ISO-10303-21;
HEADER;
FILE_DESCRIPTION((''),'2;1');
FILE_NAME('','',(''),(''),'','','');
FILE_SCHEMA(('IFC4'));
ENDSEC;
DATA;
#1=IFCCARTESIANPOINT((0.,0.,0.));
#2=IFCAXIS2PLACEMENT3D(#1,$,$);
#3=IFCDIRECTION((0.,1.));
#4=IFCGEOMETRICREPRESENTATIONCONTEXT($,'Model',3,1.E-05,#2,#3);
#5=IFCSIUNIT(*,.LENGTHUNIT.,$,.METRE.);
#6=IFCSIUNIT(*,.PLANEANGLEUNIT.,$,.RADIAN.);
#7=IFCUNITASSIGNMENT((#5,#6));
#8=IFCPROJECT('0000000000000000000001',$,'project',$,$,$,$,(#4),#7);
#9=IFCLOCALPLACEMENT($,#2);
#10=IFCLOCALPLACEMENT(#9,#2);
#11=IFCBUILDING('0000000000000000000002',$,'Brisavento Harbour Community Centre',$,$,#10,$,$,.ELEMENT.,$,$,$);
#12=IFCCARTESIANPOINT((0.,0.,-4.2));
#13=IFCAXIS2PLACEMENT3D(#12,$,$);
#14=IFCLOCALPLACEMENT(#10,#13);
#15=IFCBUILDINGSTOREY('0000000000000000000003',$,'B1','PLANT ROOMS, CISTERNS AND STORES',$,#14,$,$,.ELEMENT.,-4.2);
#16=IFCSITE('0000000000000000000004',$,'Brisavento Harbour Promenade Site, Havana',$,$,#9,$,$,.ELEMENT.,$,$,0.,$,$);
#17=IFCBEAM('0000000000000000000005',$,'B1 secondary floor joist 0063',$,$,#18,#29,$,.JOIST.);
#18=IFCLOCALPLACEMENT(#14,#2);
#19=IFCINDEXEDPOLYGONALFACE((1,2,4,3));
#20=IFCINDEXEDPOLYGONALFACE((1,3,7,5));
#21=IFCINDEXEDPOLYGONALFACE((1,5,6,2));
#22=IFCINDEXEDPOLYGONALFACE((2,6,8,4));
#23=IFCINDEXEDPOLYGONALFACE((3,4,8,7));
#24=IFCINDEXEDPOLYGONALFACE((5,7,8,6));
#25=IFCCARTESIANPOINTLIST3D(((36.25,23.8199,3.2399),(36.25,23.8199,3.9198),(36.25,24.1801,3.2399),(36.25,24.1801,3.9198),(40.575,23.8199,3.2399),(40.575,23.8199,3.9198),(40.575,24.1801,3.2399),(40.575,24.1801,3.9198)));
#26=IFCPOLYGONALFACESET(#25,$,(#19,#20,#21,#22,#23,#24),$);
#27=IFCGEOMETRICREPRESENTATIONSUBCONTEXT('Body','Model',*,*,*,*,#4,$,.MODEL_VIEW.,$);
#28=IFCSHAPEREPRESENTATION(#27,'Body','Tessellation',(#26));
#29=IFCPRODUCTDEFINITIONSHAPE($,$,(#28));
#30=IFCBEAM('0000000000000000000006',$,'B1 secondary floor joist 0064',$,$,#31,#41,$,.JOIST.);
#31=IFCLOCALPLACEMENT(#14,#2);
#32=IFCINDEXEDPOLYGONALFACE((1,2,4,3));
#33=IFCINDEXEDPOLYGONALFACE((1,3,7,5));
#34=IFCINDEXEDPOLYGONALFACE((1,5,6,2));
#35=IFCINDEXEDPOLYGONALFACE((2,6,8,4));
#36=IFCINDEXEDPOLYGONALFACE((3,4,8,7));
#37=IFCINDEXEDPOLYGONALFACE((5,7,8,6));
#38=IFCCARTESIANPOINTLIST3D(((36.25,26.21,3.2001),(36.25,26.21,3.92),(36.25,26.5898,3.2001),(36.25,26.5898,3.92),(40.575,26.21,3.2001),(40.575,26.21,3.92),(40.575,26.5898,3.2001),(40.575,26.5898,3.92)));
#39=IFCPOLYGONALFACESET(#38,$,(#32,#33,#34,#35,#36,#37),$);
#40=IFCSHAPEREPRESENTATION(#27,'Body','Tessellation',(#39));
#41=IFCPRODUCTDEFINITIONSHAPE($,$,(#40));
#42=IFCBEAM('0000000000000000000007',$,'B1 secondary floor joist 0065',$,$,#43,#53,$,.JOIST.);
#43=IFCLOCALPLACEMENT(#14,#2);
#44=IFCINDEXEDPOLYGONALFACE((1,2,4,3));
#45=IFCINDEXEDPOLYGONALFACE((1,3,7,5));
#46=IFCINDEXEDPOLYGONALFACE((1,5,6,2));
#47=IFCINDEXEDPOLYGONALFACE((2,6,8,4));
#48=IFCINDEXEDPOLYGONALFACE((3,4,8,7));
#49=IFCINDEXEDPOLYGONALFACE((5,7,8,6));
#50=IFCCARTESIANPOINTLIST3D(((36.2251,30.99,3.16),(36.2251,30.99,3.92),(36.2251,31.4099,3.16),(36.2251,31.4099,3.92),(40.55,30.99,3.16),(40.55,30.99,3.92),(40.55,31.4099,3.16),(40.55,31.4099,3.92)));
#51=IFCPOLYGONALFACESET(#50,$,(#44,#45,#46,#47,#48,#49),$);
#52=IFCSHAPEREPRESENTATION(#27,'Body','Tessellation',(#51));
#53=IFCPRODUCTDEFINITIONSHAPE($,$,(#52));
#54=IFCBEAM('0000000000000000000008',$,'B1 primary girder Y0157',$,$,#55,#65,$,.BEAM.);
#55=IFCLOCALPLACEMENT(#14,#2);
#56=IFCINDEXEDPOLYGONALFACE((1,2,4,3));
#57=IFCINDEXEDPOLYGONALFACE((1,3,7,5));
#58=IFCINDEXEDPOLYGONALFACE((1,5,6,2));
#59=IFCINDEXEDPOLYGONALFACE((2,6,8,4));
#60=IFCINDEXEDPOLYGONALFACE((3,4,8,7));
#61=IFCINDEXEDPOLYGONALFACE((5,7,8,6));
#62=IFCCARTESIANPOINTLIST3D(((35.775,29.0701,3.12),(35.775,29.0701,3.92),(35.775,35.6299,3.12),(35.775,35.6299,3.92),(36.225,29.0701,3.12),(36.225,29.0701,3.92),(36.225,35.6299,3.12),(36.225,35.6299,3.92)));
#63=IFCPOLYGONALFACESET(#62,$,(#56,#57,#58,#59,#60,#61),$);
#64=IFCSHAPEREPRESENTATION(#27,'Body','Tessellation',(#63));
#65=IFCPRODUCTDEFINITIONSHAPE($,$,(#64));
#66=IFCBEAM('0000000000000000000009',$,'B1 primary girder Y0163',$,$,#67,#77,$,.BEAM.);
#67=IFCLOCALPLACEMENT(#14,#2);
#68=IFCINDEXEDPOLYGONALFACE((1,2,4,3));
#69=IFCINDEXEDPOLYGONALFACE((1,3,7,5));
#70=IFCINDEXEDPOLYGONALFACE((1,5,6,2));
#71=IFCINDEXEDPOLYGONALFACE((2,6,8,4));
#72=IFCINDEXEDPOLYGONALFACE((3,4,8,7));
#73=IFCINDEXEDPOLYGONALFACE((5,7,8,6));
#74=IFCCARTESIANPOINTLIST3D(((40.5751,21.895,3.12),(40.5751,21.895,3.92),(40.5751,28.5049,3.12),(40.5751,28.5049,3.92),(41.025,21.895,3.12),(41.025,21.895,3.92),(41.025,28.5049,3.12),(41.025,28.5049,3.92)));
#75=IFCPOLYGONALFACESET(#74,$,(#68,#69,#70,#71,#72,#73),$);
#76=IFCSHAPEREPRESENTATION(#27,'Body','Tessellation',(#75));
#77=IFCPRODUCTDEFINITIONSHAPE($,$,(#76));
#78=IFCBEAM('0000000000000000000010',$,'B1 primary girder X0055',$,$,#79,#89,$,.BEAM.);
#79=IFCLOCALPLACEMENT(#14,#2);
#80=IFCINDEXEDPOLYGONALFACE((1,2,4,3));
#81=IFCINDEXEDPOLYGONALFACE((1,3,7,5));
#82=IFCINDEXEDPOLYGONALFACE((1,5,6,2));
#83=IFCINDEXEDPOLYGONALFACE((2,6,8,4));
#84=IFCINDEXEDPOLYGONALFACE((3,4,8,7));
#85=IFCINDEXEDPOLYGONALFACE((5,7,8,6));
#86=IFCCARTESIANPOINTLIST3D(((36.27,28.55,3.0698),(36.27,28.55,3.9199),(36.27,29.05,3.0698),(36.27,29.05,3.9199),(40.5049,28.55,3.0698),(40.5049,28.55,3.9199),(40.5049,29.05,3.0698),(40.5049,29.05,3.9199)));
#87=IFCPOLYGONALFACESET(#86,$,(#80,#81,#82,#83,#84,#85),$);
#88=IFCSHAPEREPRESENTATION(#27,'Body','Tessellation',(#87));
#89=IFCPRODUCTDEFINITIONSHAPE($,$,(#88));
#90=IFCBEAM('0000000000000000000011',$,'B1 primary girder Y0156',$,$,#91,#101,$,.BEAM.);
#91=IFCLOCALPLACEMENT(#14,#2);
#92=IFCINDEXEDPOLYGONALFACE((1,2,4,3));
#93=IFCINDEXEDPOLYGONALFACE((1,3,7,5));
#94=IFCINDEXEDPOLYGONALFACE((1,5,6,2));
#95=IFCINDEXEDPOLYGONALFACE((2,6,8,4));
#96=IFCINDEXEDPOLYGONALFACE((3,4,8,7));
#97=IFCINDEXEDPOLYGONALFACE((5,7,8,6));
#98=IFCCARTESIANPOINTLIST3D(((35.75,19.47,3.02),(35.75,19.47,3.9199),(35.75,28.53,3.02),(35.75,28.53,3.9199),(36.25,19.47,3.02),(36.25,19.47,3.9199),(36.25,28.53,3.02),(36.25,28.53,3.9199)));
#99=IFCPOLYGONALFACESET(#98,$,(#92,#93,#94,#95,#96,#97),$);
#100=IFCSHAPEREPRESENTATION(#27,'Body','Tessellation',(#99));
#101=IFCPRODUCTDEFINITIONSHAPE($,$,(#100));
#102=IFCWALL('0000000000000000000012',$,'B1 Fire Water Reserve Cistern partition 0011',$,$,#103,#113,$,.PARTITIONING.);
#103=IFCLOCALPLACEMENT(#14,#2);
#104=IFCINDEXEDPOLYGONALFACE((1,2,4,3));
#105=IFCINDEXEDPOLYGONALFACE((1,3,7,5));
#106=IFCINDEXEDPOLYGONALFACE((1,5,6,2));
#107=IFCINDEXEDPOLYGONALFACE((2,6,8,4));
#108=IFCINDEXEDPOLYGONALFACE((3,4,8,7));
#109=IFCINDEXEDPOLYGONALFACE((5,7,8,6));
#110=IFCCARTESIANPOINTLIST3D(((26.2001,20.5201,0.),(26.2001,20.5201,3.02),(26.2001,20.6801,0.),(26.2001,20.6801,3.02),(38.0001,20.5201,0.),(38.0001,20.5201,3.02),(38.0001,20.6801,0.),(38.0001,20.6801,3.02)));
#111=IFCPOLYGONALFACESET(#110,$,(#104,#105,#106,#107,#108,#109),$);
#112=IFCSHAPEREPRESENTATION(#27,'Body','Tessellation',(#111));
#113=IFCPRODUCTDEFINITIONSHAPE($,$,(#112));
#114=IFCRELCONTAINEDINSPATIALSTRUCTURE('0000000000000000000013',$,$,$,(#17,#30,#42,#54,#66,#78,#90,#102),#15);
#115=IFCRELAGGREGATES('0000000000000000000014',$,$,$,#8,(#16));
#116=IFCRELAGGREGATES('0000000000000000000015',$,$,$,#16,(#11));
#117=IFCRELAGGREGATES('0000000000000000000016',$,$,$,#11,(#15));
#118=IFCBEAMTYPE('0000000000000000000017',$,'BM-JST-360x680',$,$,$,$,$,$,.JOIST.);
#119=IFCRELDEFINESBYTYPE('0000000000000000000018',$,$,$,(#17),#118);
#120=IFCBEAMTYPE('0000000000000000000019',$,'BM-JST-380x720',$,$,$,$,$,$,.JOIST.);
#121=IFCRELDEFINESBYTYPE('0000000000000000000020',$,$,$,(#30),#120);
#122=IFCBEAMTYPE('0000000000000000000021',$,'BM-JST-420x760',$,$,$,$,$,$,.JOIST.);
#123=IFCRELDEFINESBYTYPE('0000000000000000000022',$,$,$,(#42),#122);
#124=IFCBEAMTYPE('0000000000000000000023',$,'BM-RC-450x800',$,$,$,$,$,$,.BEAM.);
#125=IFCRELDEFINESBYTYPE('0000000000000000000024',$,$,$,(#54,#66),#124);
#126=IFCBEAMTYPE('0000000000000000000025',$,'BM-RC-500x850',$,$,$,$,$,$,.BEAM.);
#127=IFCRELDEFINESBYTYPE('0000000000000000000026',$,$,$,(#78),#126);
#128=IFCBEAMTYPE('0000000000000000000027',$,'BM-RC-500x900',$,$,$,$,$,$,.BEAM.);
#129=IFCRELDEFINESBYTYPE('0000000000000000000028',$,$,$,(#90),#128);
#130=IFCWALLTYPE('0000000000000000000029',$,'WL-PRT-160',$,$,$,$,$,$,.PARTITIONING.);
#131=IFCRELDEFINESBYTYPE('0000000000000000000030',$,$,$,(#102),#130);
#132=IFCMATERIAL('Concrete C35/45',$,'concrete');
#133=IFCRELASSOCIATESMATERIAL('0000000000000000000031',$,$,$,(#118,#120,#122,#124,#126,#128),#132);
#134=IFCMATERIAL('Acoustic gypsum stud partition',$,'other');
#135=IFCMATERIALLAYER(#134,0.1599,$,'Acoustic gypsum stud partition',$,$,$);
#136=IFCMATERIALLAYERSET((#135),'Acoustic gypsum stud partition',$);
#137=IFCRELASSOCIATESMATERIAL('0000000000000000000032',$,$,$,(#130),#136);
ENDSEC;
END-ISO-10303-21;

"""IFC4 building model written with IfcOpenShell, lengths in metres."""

from ifc_helpers import new_model, si_unit, direction, frame, frame_2d, origin, origin_2d, place, context, subcontext, project, spatial, rectangle, extrude, material, layer, layer_set, material_profile, profile_set, type_object, element, save


model = new_model("IFC4")

# Units and contexts
model_context = context("Model", 3, precision=1e-05, world=origin(), true_north=direction((0.0, 1.0)))
body_context = subcontext(model_context, "Body", "Model", "MODEL_VIEW")
ifc_project = project(units=[si_unit("LENGTHUNIT", "METRE"), si_unit("PLANEANGLEUNIT", "RADIAN")], contexts=[model_context])

# Site, building, storey
site_placement = place(None, origin())
site = spatial("IfcSite", under=ifc_project, at=site_placement, Name="Brisavento Harbour Promenade Site, Havana", CompositionType="ELEMENT", RefElevation=0.0)
building_placement = place(site_placement, origin())
building = spatial("IfcBuilding", under=site, at=building_placement, Name="Brisavento Harbour Community Centre", CompositionType="ELEMENT")
storey_placement = place(building_placement, frame((0.0, 0.0, -4.2)))
storey = spatial("IfcBuildingStorey", under=building, at=storey_placement, Name="B1", Description="PLANT ROOMS, CISTERNS AND STORES", CompositionType="ELEMENT", Elevation=-4.2)

# Shared definitions
ifc_material_1 = material(Name="Concrete C35/45", Category="concrete")

# Beams
ifc_material_profile_1 = material_profile(ifc_material_1, rectangle(XDim=0.3601, YDim=0.6799, at=origin_2d()), Name="Concrete C35/45")
ifc_profile_set_1 = profile_set([ifc_material_profile_1], Name="Concrete C35/45")
beam_type_1 = type_object("IfcBeamType", Name="BM-JST-360x680", PredefinedType="JOIST", material=ifc_profile_set_1)
beam_1_placement = place(storey_placement, frame((36.25, 24.0, 3.5798), z_axis=(1.0, 0.0, 0.0), x_axis=(0.0, 1.0, 0.0)))
element("IfcBeam", 1, at=beam_1_placement, inside=storey, type_object=beam_type_1, Name="B1 secondary floor joist 0063", PredefinedType="JOIST", context=body_context, shape_type="SweptSolid", body=[
    extrude(rectangle(XDim=0.3601, YDim=0.6799, at=origin_2d()), origin(), (0.0, 0.0, 1.0), 4.325),
])
ifc_material_profile_2 = material_profile(ifc_material_1, rectangle(XDim=0.3799, YDim=0.72, at=origin_2d()), Name="Concrete C35/45")
ifc_profile_set_2 = profile_set([ifc_material_profile_2], Name="Concrete C35/45")
beam_type_2 = type_object("IfcBeamType", Name="BM-JST-380x720", PredefinedType="JOIST", material=ifc_profile_set_2)
beam_2_placement = place(storey_placement, frame((36.25, 26.3999, 3.5601), z_axis=(1.0, 0.0, 0.0), x_axis=(0.0, 1.0, 0.0)))
element("IfcBeam", 2, at=beam_2_placement, inside=storey, type_object=beam_type_2, Name="B1 secondary floor joist 0064", PredefinedType="JOIST", context=body_context, shape_type="SweptSolid", body=[
    extrude(rectangle(XDim=0.3799, YDim=0.72, at=origin_2d()), origin(), (0.0, 0.0, 1.0), 4.325),
])
ifc_material_profile_3 = material_profile(ifc_material_1, rectangle(XDim=0.4199, YDim=0.76, at=origin_2d()), Name="Concrete C35/45")
ifc_profile_set_3 = profile_set([ifc_material_profile_3], Name="Concrete C35/45")
beam_type_3 = type_object("IfcBeamType", Name="BM-JST-420x760", PredefinedType="JOIST", material=ifc_profile_set_3)
beam_3_placement = place(storey_placement, frame((36.2251, 31.2, 3.54), z_axis=(1.0, 0.0, 0.0), x_axis=(0.0, 1.0, 0.0)))
element("IfcBeam", 3, at=beam_3_placement, inside=storey, type_object=beam_type_3, Name="B1 secondary floor joist 0065", PredefinedType="JOIST", context=body_context, shape_type="SweptSolid", body=[
    extrude(rectangle(XDim=0.4199, YDim=0.76, at=origin_2d()), origin(), (0.0, 0.0, 1.0), 4.325),
])
ifc_material_profile_4 = material_profile(ifc_material_1, rectangle(XDim=0.45, YDim=0.8, at=origin_2d()), Name="Concrete C35/45")
ifc_profile_set_4 = profile_set([ifc_material_profile_4], Name="Concrete C35/45")
beam_type_4 = type_object("IfcBeamType", Name="BM-RC-450x800", PredefinedType="BEAM", material=ifc_profile_set_4)
beam_4_placement = place(storey_placement, frame((36.0, 29.0701, 3.52), z_axis=(0.0, 1.0, 0.0), x_axis=(-1.0, 0.0, 0.0)))
element("IfcBeam", 4, at=beam_4_placement, inside=storey, type_object=beam_type_4, Name="B1 primary girder Y0157", PredefinedType="BEAM", context=body_context, shape_type="SweptSolid", body=[
    extrude(rectangle(XDim=0.45, YDim=0.8, at=origin_2d()), origin(), (0.0, 0.0, 1.0), 6.5598),
])
beam_5_placement = place(storey_placement, frame((40.8, 21.895, 3.52), z_axis=(0.0, 1.0, 0.0), x_axis=(-1.0, 0.0, 0.0)))
element("IfcBeam", 5, at=beam_5_placement, inside=storey, type_object=beam_type_4, Name="B1 primary girder Y0163", PredefinedType="BEAM", context=body_context, shape_type="SweptSolid", body=[
    extrude(rectangle(XDim=0.45, YDim=0.8, at=origin_2d()), origin(), (0.0, 0.0, 1.0), 6.6099),
])
ifc_material_profile_5 = material_profile(ifc_material_1, rectangle(XDim=0.5, YDim=0.8501, at=origin_2d()), Name="Concrete C35/45")
ifc_profile_set_5 = profile_set([ifc_material_profile_5], Name="Concrete C35/45")
beam_type_5 = type_object("IfcBeamType", Name="BM-RC-500x850", PredefinedType="BEAM", material=ifc_profile_set_5)
beam_6_placement = place(storey_placement, frame((36.27, 28.8, 3.4949), z_axis=(1.0, 0.0, 0.0), x_axis=(0.0, 1.0, 0.0)))
element("IfcBeam", 6, at=beam_6_placement, inside=storey, type_object=beam_type_5, Name="B1 primary girder X0055", PredefinedType="BEAM", context=body_context, shape_type="SweptSolid", body=[
    extrude(rectangle(XDim=0.5, YDim=0.8501, at=origin_2d()), origin(), (0.0, 0.0, 1.0), 4.2349),
])
ifc_material_profile_6 = material_profile(ifc_material_1, rectangle(XDim=0.5, YDim=0.8999, at=origin_2d()), Name="Concrete C35/45")
ifc_profile_set_6 = profile_set([ifc_material_profile_6], Name="Concrete C35/45")
beam_type_6 = type_object("IfcBeamType", Name="BM-RC-500x900", PredefinedType="BEAM", material=ifc_profile_set_6)
beam_7_placement = place(storey_placement, frame((36.0, 19.47, 3.47), z_axis=(0.0, 1.0, 0.0), x_axis=(-1.0, 0.0, 0.0)))
element("IfcBeam", 7, at=beam_7_placement, inside=storey, type_object=beam_type_6, Name="B1 primary girder Y0156", PredefinedType="BEAM", context=body_context, shape_type="SweptSolid", body=[
    extrude(rectangle(XDim=0.5, YDim=0.8999, at=origin_2d()), origin(), (0.0, 0.0, 1.0), 9.0601),
])

# Wall
ifc_material_2 = material(Name="Acoustic gypsum stud partition", Category="other")
ifc_layer = layer(ifc_material_2, 0.1599, Name="Acoustic gypsum stud partition")
ifc_layer_set = layer_set([ifc_layer], Name="Acoustic gypsum stud partition")
wall_type = type_object("IfcWallType", Name="WL-PRT-160", PredefinedType="PARTITIONING", material=ifc_layer_set)
wall_placement = place(storey_placement, frame((38.0, 20.6001, 0.0), z_axis=(0.0, 0.0, 1.0), x_axis=(-1.0, 0.0, 0.0)))
element("IfcWall", 8, at=wall_placement, inside=storey, type_object=wall_type, Name="B1 Fire Water Reserve Cistern partition 0011", PredefinedType="PARTITIONING", context=body_context, shape_type="SweptSolid", body=[
    extrude(rectangle(XDim=11.8, YDim=0.1599, at=frame_2d((5.8999, 0.0))), origin(), (0.0, 0.0, 1.0), 3.02),
])

save(model, "model.ifc")
